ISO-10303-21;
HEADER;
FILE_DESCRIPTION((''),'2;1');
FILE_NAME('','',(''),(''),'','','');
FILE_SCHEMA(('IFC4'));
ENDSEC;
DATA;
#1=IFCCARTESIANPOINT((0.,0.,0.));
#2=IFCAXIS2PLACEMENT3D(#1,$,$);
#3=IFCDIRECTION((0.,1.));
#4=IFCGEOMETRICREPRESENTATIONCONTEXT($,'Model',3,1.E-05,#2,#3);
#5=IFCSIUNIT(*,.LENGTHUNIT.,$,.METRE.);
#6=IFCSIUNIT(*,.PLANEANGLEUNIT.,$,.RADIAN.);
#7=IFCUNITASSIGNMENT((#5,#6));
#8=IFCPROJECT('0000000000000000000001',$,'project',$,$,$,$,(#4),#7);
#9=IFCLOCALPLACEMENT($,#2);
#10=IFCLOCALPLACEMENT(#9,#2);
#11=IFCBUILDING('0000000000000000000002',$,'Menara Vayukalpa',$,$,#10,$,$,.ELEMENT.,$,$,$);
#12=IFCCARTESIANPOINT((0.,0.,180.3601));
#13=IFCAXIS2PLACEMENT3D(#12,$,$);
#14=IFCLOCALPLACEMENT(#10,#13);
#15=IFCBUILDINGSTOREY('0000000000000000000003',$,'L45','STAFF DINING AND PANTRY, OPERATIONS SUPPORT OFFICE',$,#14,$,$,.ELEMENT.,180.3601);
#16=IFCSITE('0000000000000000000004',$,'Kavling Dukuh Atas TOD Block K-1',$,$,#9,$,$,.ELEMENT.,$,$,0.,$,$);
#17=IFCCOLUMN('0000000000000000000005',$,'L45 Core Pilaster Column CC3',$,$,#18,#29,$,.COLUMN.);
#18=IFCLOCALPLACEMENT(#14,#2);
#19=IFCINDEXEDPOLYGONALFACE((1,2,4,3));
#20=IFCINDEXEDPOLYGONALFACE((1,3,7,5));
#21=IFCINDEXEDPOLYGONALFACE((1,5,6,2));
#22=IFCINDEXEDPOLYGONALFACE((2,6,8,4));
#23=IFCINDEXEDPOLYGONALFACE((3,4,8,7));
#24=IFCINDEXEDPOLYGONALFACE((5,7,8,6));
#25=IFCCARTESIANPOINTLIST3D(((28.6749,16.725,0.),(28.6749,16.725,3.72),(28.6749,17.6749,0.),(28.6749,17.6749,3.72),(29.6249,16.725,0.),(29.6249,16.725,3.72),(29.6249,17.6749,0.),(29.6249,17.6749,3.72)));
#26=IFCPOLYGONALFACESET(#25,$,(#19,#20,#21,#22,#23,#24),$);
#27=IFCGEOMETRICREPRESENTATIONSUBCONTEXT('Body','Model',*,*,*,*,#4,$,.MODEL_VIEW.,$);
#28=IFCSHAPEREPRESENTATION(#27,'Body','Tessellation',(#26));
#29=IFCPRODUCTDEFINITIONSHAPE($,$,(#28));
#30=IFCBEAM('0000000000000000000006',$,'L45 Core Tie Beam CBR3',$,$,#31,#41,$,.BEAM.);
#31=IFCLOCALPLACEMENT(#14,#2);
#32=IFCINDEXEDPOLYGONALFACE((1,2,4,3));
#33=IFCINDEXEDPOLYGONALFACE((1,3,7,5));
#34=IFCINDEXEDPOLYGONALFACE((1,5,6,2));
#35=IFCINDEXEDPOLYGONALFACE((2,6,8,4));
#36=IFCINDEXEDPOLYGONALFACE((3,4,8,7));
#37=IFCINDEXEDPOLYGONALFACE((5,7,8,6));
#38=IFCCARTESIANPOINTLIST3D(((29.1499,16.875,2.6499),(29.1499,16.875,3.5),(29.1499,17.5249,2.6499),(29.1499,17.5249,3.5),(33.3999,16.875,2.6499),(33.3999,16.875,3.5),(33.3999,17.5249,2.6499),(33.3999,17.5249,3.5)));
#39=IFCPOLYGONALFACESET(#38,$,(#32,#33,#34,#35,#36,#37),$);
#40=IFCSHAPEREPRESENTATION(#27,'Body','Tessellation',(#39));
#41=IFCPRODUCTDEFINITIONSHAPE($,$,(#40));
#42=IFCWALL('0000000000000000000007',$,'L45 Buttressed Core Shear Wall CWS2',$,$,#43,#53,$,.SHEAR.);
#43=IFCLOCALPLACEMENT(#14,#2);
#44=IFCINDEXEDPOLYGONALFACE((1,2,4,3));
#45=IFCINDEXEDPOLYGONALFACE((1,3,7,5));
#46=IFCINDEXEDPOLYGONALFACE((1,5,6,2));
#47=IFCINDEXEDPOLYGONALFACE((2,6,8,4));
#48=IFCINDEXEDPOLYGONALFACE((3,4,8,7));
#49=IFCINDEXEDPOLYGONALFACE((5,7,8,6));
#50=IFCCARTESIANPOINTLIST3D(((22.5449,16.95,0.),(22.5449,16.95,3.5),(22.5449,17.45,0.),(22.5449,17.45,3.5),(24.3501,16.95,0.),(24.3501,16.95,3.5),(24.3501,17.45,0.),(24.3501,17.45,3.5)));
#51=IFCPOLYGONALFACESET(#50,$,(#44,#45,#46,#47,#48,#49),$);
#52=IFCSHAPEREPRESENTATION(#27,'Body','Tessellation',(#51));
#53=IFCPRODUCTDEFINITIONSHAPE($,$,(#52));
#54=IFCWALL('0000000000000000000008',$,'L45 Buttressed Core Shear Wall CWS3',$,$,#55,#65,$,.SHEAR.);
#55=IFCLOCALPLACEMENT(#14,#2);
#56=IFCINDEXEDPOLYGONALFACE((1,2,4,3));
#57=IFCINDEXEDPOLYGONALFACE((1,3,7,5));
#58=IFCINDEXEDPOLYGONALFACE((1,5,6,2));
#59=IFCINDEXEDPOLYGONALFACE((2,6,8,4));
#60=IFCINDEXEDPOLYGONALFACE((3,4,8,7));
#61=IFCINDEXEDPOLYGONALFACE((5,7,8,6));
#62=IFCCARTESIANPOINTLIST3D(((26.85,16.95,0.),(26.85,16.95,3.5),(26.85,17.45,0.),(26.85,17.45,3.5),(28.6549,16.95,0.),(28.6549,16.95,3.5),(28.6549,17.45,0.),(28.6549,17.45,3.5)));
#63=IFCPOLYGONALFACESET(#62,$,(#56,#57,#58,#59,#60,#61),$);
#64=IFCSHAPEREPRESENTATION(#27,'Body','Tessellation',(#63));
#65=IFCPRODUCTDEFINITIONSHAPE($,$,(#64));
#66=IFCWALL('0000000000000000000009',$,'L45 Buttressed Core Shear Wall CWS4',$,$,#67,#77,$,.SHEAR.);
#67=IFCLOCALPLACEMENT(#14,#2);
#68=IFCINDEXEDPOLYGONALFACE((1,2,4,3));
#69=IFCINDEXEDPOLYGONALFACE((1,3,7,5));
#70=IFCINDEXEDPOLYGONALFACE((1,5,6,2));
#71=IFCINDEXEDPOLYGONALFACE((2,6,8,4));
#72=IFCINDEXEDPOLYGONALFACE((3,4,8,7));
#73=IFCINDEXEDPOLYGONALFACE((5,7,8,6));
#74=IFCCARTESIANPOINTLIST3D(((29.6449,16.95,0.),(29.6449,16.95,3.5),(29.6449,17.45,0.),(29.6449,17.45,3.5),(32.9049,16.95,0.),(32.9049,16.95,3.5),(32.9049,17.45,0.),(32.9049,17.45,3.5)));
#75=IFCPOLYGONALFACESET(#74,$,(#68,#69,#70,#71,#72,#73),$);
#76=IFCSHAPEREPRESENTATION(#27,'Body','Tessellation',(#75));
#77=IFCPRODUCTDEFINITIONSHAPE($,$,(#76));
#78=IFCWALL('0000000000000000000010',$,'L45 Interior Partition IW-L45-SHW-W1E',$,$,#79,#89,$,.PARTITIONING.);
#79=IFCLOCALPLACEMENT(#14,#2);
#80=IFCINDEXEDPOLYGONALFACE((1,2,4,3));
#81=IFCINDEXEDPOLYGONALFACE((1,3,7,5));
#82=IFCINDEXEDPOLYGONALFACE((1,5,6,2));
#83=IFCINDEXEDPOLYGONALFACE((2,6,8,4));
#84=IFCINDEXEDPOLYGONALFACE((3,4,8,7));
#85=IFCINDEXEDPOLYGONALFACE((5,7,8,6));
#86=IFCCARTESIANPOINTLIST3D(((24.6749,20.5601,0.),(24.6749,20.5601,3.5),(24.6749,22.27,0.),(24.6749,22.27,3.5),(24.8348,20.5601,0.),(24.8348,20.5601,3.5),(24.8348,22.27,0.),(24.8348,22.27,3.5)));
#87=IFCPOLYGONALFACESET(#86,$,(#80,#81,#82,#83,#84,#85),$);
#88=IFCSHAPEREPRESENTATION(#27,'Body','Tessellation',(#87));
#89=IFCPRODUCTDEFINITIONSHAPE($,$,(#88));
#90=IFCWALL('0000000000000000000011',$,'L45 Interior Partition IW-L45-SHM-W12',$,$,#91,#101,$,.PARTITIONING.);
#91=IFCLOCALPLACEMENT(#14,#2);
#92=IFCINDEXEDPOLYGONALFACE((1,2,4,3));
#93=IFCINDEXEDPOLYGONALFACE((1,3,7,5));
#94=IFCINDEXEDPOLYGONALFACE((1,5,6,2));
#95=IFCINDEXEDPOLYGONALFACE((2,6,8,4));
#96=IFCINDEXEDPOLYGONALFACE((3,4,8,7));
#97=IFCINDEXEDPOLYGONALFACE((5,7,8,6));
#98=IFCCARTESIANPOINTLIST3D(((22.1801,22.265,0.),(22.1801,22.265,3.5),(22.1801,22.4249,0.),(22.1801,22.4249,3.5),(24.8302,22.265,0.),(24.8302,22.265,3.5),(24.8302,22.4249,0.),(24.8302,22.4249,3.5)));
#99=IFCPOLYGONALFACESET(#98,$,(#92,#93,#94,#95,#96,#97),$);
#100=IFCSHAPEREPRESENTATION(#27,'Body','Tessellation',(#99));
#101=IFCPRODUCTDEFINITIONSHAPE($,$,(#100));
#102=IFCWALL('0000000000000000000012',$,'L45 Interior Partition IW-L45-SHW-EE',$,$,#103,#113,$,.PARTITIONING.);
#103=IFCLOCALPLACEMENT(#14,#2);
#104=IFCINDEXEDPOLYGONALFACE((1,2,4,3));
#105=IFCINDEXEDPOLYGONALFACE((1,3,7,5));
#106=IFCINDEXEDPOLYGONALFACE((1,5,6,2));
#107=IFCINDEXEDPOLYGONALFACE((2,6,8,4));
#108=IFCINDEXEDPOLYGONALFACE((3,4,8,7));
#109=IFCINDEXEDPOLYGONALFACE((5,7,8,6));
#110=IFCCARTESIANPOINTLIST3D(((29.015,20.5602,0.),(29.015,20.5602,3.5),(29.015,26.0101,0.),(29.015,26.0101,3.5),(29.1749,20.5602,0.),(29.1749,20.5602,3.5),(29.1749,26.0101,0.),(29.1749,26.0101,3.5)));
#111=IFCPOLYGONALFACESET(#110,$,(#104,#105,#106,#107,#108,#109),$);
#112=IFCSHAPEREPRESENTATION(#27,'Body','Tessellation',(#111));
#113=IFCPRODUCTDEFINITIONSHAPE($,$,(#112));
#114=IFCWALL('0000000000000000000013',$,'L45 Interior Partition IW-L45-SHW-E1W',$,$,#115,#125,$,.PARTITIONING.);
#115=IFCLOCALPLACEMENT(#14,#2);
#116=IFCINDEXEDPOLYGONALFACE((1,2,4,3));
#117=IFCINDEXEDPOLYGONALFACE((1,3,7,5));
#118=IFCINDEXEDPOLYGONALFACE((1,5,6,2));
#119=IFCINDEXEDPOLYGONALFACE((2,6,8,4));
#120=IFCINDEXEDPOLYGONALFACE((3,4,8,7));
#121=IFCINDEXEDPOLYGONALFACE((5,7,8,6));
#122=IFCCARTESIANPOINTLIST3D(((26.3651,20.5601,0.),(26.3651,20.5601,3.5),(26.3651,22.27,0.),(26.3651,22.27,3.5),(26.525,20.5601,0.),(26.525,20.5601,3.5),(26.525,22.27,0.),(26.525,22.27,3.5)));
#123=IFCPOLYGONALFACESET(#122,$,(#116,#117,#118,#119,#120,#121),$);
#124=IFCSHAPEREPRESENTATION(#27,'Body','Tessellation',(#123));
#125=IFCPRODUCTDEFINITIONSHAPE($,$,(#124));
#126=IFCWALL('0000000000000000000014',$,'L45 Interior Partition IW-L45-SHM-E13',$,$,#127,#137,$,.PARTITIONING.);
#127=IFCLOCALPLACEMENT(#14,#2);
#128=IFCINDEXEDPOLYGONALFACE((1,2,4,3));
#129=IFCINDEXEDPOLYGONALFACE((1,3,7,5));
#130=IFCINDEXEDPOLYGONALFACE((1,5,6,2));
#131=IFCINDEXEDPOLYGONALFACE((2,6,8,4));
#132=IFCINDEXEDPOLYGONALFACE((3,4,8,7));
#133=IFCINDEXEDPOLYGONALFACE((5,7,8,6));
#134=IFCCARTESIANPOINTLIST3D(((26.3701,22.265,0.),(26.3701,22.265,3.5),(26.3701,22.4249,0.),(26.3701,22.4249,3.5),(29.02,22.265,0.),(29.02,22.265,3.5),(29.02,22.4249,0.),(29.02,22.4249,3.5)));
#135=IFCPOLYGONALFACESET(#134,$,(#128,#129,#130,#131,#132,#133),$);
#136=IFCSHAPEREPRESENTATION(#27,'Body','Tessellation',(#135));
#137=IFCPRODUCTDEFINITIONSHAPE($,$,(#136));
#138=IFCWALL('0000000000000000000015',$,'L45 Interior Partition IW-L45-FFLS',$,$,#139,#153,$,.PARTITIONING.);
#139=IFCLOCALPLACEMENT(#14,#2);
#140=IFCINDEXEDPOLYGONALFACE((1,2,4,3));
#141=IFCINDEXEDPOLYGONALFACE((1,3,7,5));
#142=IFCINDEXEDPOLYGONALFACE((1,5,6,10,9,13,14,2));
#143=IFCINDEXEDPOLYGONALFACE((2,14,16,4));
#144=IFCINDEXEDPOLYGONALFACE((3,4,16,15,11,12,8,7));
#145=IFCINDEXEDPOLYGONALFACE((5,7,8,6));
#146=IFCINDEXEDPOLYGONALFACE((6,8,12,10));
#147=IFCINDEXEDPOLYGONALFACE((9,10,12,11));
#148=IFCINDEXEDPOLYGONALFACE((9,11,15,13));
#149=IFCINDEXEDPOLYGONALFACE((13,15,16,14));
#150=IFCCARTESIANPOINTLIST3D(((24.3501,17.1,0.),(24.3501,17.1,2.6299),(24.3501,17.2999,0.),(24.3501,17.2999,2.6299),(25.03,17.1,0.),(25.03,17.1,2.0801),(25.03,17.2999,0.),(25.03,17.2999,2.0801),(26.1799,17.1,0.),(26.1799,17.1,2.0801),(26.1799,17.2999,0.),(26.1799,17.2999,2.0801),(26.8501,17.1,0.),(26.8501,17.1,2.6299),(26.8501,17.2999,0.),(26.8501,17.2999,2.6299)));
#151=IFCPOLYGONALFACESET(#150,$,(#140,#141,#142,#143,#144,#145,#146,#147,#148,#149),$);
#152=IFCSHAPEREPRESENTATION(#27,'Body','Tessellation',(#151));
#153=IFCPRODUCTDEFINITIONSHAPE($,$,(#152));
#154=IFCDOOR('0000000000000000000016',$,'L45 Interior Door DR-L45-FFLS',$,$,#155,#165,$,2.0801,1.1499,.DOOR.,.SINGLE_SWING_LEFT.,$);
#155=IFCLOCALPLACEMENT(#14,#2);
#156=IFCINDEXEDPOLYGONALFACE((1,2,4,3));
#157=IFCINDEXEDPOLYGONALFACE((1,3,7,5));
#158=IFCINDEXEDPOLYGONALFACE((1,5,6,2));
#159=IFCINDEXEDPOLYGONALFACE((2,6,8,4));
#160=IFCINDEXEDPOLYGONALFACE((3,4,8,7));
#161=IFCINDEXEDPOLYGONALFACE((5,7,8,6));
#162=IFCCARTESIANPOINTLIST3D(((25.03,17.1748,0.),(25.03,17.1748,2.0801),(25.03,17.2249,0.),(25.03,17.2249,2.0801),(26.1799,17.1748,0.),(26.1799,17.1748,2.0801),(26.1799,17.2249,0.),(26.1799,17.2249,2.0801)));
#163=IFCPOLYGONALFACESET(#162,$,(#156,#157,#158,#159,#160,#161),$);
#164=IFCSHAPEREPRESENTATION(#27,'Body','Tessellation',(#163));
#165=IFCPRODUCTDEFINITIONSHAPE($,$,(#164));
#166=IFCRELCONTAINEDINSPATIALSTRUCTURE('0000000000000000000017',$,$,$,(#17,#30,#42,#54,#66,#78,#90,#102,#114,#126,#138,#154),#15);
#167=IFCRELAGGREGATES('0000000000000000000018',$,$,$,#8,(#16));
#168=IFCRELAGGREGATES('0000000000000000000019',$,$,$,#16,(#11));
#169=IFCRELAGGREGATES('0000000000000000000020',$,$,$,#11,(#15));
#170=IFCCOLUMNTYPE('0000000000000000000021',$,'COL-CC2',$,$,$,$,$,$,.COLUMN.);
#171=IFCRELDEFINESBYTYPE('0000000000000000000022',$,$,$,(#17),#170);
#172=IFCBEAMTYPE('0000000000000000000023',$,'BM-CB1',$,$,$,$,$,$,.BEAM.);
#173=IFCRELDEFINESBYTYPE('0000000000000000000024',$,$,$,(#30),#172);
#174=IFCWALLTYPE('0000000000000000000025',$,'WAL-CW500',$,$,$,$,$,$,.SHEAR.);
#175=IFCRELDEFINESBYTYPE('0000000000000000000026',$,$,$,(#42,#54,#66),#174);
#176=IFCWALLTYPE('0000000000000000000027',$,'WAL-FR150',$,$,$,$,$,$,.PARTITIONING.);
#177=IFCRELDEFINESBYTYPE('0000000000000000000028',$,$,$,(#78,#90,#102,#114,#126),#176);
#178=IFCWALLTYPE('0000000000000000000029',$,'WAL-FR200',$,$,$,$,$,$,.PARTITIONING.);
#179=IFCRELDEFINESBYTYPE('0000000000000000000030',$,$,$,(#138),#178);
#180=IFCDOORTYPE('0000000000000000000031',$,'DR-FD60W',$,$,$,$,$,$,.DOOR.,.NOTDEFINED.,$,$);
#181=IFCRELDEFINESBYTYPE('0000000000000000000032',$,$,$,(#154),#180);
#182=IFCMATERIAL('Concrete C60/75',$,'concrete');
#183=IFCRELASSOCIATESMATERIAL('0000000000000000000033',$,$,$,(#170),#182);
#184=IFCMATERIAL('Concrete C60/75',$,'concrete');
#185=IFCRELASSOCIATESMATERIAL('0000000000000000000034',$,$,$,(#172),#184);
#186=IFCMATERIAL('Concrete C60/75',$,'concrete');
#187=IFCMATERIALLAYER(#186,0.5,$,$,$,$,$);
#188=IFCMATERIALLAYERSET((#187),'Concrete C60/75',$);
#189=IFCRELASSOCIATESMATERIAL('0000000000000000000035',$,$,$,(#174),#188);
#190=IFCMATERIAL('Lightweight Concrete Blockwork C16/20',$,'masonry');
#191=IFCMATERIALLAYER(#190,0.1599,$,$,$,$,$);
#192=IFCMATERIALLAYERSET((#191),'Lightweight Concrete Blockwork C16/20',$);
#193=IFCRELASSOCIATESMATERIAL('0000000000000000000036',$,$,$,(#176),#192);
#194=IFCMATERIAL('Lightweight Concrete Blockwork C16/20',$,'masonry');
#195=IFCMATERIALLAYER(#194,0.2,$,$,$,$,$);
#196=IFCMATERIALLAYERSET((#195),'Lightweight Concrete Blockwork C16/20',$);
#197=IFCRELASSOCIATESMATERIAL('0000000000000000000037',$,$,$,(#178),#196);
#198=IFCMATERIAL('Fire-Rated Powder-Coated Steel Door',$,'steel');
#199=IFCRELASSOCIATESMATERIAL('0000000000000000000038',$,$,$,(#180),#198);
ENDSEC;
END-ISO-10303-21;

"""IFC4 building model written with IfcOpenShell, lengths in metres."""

from ifc_helpers import new_model, si_unit, direction, frame, frame_2d, origin, origin_2d, place, context, subcontext, project, spatial, rectangle, extrude, material, layer, layer_set, material_profile, profile_set, type_object, element, fill, save


model = new_model("IFC4")

# Units and contexts
model_context = context("Model", 3, precision=1e-05, world=origin(), true_north=direction((0.0, 1.0)))
body_context = subcontext(model_context, "Body", "Model", "MODEL_VIEW")
ifc_project = project(units=[si_unit("LENGTHUNIT", "METRE"), si_unit("PLANEANGLEUNIT", "RADIAN")], contexts=[model_context])

# Site, building, storey
site_placement = place(None, origin())
site = spatial("IfcSite", under=ifc_project, at=site_placement, Name="Kavling Dukuh Atas TOD Block K-1", CompositionType="ELEMENT", RefElevation=0.0)
building_placement = place(site_placement, origin())
building = spatial("IfcBuilding", under=site, at=building_placement, Name="Menara Vayukalpa", CompositionType="ELEMENT")
storey_placement = place(building_placement, frame((0.0, 0.0, 180.3601)))
storey = spatial("IfcBuildingStorey", under=building, at=storey_placement, Name="L45", Description="STAFF DINING AND PANTRY, OPERATIONS SUPPORT OFFICE", CompositionType="ELEMENT", Elevation=180.3601)

# Column
ifc_material_1 = material(Name="Concrete C60/75", Category="concrete")
ifc_material_profile_1 = material_profile(ifc_material_1, rectangle(XDim=0.95, YDim=0.95, at=origin_2d()), Name="RC 950x950")
ifc_profile_set_1 = profile_set([ifc_material_profile_1], Name="Concrete C60/75")
column_type = type_object("IfcColumnType", Name="COL-CC2", PredefinedType="COLUMN", material=ifc_profile_set_1)
column_placement = place(storey_placement, frame((29.1499, 17.2, 0.0), z_axis=(0.0, 0.0, 1.0), x_axis=(1.0, 0.0, 0.0)))
element("IfcColumn", 1, at=column_placement, inside=storey, type_object=column_type, Name="L45 Core Pilaster Column CC3", PredefinedType="COLUMN", context=body_context, shape_type="SweptSolid", body=[
    extrude(rectangle(XDim=0.95, YDim=0.95, at=origin_2d()), origin(), (0.0, 0.0, 1.0), 3.72),
])

# Beam
ifc_material_2 = material(Name="Concrete C60/75", Category="concrete")
ifc_material_profile_2 = material_profile(ifc_material_2, rectangle(XDim=0.6499, YDim=0.8501, at=origin_2d()), Name="RC 650x850")
ifc_profile_set_2 = profile_set([ifc_material_profile_2], Name="Concrete C60/75")
beam_type = type_object("IfcBeamType", Name="BM-CB1", PredefinedType="BEAM", material=ifc_profile_set_2)
beam_placement = place(storey_placement, frame((29.1499, 17.2, 3.075), z_axis=(1.0, 0.0, 0.0), x_axis=(0.0, 1.0, 0.0)))
element("IfcBeam", 2, at=beam_placement, inside=storey, type_object=beam_type, Name="L45 Core Tie Beam CBR3", PredefinedType="BEAM", context=body_context, shape_type="SweptSolid", body=[
    extrude(rectangle(XDim=0.6499, YDim=0.8501, at=origin_2d()), origin(), (0.0, 0.0, 1.0), 4.25),
])

# Walls
ifc_material_3 = material(Name="Concrete C60/75", Category="concrete")
ifc_layer_1 = layer(ifc_material_3, 0.5)
ifc_layer_set_1 = layer_set([ifc_layer_1], Name="Concrete C60/75")
wall_type_1 = type_object("IfcWallType", Name="WAL-CW500", PredefinedType="SHEAR", material=ifc_layer_set_1)
wall_1_placement = place(storey_placement, frame((22.5449, 17.2, 0.0), z_axis=(0.0, 0.0, 1.0), x_axis=(1.0, 0.0, 0.0)))
element("IfcWall", 3, at=wall_1_placement, inside=storey, type_object=wall_type_1, Name="L45 Buttressed Core Shear Wall CWS2", PredefinedType="SHEAR", context=body_context, shape_type="SweptSolid", body=[
    extrude(rectangle(XDim=1.8052, YDim=0.5, at=frame_2d((0.9026, 0.0))), origin(), (0.0, 0.0, 1.0), 3.5),
])
wall_2_placement = place(storey_placement, frame((26.8501, 17.2, 0.0), z_axis=(0.0, 0.0, 1.0), x_axis=(1.0, 0.0, 0.0)))
element("IfcWall", 4, at=wall_2_placement, inside=storey, type_object=wall_type_1, Name="L45 Buttressed Core Shear Wall CWS3", PredefinedType="SHEAR", context=body_context, shape_type="SweptSolid", body=[
    extrude(rectangle(XDim=1.8049, YDim=0.5, at=frame_2d((0.9023, 0.0))), origin(), (0.0, 0.0, 1.0), 3.5),
])
wall_3_placement = place(storey_placement, frame((29.645, 17.2, 0.0), z_axis=(0.0, 0.0, 1.0), x_axis=(1.0, 0.0, 0.0)))
element("IfcWall", 5, at=wall_3_placement, inside=storey, type_object=wall_type_1, Name="L45 Buttressed Core Shear Wall CWS4", PredefinedType="SHEAR", context=body_context, shape_type="SweptSolid", body=[
    extrude(rectangle(XDim=3.26, YDim=0.5, at=frame_2d((1.6299, 0.0))), origin(), (0.0, 0.0, 1.0), 3.5),
])
ifc_material_4 = material(Name="Lightweight Concrete Blockwork C16/20", Category="masonry")
ifc_layer_2 = layer(ifc_material_4, 0.1599)
ifc_layer_set_2 = layer_set([ifc_layer_2], Name="Lightweight Concrete Blockwork C16/20")
wall_type_2 = type_object("IfcWallType", Name="WAL-FR150", PredefinedType="PARTITIONING", material=ifc_layer_set_2)
wall_4_placement = place(storey_placement, frame((24.7549, 20.5601, 0.0), z_axis=(0.0, 0.0, 1.0), x_axis=(0.0, 1.0, 0.0)))
element("IfcWall", 6, at=wall_4_placement, inside=storey, type_object=wall_type_2, Name="L45 Interior Partition IW-L45-SHW-W1E", PredefinedType="PARTITIONING", context=body_context, shape_type="SweptSolid", body=[
    extrude(rectangle(XDim=1.71, YDim=0.1599, at=frame_2d((0.855, 0.0))), origin(), (0.0, 0.0, 1.0), 3.5),
])
wall_5_placement = place(storey_placement, frame((22.1799, 22.345, 0.0), z_axis=(0.0, 0.0, 1.0), x_axis=(1.0, 0.0, 0.0)))
element("IfcWall", 7, at=wall_5_placement, inside=storey, type_object=wall_type_2, Name="L45 Interior Partition IW-L45-SHM-W12", PredefinedType="PARTITIONING", context=body_context, shape_type="SweptSolid", body=[
    extrude(rectangle(XDim=2.6501, YDim=0.1599, at=frame_2d((1.3252, 0.0))), origin(), (0.0, 0.0, 1.0), 3.5),
])
wall_6_placement = place(storey_placement, frame((29.095, 20.5601, 0.0), z_axis=(0.0, 0.0, 1.0), x_axis=(0.0, 1.0, 0.0)))
element("IfcWall", 8, at=wall_6_placement, inside=storey, type_object=wall_type_2, Name="L45 Interior Partition IW-L45-SHW-EE", PredefinedType="PARTITIONING", context=body_context, shape_type="SweptSolid", body=[
    extrude(rectangle(XDim=5.45, YDim=0.1599, at=frame_2d((2.7251, 0.0))), origin(), (0.0, 0.0, 1.0), 3.5),
])
wall_7_placement = place(storey_placement, frame((26.4451, 20.5601, 0.0), z_axis=(0.0, 0.0, 1.0), x_axis=(0.0, 1.0, 0.0)))
element("IfcWall", 9, at=wall_7_placement, inside=storey, type_object=wall_type_2, Name="L45 Interior Partition IW-L45-SHW-E1W", PredefinedType="PARTITIONING", context=body_context, shape_type="SweptSolid", body=[
    extrude(rectangle(XDim=1.71, YDim=0.1599, at=frame_2d((0.855, 0.0))), origin(), (0.0, 0.0, 1.0), 3.5),
])
wall_8_placement = place(storey_placement, frame((26.3701, 22.345, 0.0), z_axis=(0.0, 0.0, 1.0), x_axis=(1.0, 0.0, 0.0)))
element("IfcWall", 10, at=wall_8_placement, inside=storey, type_object=wall_type_2, Name="L45 Interior Partition IW-L45-SHM-E13", PredefinedType="PARTITIONING", context=body_context, shape_type="SweptSolid", body=[
    extrude(rectangle(XDim=2.6499, YDim=0.1599, at=frame_2d((1.325, 0.0))), origin(), (0.0, 0.0, 1.0), 3.5),
])

# Wall, opening, door
ifc_material_5 = material(Name="Lightweight Concrete Blockwork C16/20", Category="masonry")
ifc_layer_3 = layer(ifc_material_5, 0.2)
ifc_layer_set_3 = layer_set([ifc_layer_3], Name="Lightweight Concrete Blockwork C16/20")
wall_type_3 = type_object("IfcWallType", Name="WAL-FR200", PredefinedType="PARTITIONING", material=ifc_layer_set_3)
wall_9_placement = place(storey_placement, frame((24.3501, 17.2, 0.0), z_axis=(0.0, 0.0, 1.0), x_axis=(1.0, 0.0, 0.0)))
wall_9 = element("IfcWall", 11, at=wall_9_placement, inside=storey, type_object=wall_type_3, Name="L45 Interior Partition IW-L45-FFLS", PredefinedType="PARTITIONING", context=body_context, shape_type="SweptSolid", body=[
    extrude(rectangle(XDim=2.5, YDim=0.2, at=frame_2d((1.25, 0.0))), origin(), (0.0, 0.0, 1.0), 2.6299),
])
opening_1_placement = place(wall_9_placement, frame((0.6799, 0.0, 0.0)))
opening_1 = element("IfcOpeningElement", 12, at=opening_1_placement, cuts=wall_9, PredefinedType="OPENING", context=body_context, shape_type="SweptSolid", body=[
    extrude(rectangle(XDim=1.1499, YDim=2.0801, at=frame_2d((0.575, 1.04))), frame((0.0, 0.1099, 0.0), z_axis=(0.0, -1.0, 0.0), x_axis=(1.0, 0.0, 0.0)), (0.0, 0.0, 1.0), 0.22),
])
ifc_material_6 = material(Name="Fire-Rated Powder-Coated Steel Door", Category="steel")
door_type_1 = type_object("IfcDoorType", Name="DR-FD60W", OperationType="NOTDEFINED", PredefinedType="DOOR", material=ifc_material_6)
door_1_placement = place(opening_1_placement, origin())
door_1 = element("IfcDoor", 13, at=door_1_placement, inside=storey, type_object=door_type_1, Name="L45 Interior Door DR-L45-FFLS", OperationType="SINGLE_SWING_LEFT", OverallHeight=2.0801, OverallWidth=1.1499, PredefinedType="DOOR", context=body_context, shape_type="SweptSolid", body=[
    extrude(rectangle(XDim=1.1499, YDim=2.0801, at=frame_2d((0.575, 1.04))), frame((0.0, 0.0249, 0.0), z_axis=(0.0, -1.0, 0.0), x_axis=(1.0, 0.0, 0.0)), (0.0, 0.0, 1.0), 0.05),
])
fill(opening_1, door_1)

save(model, "model.ifc")
